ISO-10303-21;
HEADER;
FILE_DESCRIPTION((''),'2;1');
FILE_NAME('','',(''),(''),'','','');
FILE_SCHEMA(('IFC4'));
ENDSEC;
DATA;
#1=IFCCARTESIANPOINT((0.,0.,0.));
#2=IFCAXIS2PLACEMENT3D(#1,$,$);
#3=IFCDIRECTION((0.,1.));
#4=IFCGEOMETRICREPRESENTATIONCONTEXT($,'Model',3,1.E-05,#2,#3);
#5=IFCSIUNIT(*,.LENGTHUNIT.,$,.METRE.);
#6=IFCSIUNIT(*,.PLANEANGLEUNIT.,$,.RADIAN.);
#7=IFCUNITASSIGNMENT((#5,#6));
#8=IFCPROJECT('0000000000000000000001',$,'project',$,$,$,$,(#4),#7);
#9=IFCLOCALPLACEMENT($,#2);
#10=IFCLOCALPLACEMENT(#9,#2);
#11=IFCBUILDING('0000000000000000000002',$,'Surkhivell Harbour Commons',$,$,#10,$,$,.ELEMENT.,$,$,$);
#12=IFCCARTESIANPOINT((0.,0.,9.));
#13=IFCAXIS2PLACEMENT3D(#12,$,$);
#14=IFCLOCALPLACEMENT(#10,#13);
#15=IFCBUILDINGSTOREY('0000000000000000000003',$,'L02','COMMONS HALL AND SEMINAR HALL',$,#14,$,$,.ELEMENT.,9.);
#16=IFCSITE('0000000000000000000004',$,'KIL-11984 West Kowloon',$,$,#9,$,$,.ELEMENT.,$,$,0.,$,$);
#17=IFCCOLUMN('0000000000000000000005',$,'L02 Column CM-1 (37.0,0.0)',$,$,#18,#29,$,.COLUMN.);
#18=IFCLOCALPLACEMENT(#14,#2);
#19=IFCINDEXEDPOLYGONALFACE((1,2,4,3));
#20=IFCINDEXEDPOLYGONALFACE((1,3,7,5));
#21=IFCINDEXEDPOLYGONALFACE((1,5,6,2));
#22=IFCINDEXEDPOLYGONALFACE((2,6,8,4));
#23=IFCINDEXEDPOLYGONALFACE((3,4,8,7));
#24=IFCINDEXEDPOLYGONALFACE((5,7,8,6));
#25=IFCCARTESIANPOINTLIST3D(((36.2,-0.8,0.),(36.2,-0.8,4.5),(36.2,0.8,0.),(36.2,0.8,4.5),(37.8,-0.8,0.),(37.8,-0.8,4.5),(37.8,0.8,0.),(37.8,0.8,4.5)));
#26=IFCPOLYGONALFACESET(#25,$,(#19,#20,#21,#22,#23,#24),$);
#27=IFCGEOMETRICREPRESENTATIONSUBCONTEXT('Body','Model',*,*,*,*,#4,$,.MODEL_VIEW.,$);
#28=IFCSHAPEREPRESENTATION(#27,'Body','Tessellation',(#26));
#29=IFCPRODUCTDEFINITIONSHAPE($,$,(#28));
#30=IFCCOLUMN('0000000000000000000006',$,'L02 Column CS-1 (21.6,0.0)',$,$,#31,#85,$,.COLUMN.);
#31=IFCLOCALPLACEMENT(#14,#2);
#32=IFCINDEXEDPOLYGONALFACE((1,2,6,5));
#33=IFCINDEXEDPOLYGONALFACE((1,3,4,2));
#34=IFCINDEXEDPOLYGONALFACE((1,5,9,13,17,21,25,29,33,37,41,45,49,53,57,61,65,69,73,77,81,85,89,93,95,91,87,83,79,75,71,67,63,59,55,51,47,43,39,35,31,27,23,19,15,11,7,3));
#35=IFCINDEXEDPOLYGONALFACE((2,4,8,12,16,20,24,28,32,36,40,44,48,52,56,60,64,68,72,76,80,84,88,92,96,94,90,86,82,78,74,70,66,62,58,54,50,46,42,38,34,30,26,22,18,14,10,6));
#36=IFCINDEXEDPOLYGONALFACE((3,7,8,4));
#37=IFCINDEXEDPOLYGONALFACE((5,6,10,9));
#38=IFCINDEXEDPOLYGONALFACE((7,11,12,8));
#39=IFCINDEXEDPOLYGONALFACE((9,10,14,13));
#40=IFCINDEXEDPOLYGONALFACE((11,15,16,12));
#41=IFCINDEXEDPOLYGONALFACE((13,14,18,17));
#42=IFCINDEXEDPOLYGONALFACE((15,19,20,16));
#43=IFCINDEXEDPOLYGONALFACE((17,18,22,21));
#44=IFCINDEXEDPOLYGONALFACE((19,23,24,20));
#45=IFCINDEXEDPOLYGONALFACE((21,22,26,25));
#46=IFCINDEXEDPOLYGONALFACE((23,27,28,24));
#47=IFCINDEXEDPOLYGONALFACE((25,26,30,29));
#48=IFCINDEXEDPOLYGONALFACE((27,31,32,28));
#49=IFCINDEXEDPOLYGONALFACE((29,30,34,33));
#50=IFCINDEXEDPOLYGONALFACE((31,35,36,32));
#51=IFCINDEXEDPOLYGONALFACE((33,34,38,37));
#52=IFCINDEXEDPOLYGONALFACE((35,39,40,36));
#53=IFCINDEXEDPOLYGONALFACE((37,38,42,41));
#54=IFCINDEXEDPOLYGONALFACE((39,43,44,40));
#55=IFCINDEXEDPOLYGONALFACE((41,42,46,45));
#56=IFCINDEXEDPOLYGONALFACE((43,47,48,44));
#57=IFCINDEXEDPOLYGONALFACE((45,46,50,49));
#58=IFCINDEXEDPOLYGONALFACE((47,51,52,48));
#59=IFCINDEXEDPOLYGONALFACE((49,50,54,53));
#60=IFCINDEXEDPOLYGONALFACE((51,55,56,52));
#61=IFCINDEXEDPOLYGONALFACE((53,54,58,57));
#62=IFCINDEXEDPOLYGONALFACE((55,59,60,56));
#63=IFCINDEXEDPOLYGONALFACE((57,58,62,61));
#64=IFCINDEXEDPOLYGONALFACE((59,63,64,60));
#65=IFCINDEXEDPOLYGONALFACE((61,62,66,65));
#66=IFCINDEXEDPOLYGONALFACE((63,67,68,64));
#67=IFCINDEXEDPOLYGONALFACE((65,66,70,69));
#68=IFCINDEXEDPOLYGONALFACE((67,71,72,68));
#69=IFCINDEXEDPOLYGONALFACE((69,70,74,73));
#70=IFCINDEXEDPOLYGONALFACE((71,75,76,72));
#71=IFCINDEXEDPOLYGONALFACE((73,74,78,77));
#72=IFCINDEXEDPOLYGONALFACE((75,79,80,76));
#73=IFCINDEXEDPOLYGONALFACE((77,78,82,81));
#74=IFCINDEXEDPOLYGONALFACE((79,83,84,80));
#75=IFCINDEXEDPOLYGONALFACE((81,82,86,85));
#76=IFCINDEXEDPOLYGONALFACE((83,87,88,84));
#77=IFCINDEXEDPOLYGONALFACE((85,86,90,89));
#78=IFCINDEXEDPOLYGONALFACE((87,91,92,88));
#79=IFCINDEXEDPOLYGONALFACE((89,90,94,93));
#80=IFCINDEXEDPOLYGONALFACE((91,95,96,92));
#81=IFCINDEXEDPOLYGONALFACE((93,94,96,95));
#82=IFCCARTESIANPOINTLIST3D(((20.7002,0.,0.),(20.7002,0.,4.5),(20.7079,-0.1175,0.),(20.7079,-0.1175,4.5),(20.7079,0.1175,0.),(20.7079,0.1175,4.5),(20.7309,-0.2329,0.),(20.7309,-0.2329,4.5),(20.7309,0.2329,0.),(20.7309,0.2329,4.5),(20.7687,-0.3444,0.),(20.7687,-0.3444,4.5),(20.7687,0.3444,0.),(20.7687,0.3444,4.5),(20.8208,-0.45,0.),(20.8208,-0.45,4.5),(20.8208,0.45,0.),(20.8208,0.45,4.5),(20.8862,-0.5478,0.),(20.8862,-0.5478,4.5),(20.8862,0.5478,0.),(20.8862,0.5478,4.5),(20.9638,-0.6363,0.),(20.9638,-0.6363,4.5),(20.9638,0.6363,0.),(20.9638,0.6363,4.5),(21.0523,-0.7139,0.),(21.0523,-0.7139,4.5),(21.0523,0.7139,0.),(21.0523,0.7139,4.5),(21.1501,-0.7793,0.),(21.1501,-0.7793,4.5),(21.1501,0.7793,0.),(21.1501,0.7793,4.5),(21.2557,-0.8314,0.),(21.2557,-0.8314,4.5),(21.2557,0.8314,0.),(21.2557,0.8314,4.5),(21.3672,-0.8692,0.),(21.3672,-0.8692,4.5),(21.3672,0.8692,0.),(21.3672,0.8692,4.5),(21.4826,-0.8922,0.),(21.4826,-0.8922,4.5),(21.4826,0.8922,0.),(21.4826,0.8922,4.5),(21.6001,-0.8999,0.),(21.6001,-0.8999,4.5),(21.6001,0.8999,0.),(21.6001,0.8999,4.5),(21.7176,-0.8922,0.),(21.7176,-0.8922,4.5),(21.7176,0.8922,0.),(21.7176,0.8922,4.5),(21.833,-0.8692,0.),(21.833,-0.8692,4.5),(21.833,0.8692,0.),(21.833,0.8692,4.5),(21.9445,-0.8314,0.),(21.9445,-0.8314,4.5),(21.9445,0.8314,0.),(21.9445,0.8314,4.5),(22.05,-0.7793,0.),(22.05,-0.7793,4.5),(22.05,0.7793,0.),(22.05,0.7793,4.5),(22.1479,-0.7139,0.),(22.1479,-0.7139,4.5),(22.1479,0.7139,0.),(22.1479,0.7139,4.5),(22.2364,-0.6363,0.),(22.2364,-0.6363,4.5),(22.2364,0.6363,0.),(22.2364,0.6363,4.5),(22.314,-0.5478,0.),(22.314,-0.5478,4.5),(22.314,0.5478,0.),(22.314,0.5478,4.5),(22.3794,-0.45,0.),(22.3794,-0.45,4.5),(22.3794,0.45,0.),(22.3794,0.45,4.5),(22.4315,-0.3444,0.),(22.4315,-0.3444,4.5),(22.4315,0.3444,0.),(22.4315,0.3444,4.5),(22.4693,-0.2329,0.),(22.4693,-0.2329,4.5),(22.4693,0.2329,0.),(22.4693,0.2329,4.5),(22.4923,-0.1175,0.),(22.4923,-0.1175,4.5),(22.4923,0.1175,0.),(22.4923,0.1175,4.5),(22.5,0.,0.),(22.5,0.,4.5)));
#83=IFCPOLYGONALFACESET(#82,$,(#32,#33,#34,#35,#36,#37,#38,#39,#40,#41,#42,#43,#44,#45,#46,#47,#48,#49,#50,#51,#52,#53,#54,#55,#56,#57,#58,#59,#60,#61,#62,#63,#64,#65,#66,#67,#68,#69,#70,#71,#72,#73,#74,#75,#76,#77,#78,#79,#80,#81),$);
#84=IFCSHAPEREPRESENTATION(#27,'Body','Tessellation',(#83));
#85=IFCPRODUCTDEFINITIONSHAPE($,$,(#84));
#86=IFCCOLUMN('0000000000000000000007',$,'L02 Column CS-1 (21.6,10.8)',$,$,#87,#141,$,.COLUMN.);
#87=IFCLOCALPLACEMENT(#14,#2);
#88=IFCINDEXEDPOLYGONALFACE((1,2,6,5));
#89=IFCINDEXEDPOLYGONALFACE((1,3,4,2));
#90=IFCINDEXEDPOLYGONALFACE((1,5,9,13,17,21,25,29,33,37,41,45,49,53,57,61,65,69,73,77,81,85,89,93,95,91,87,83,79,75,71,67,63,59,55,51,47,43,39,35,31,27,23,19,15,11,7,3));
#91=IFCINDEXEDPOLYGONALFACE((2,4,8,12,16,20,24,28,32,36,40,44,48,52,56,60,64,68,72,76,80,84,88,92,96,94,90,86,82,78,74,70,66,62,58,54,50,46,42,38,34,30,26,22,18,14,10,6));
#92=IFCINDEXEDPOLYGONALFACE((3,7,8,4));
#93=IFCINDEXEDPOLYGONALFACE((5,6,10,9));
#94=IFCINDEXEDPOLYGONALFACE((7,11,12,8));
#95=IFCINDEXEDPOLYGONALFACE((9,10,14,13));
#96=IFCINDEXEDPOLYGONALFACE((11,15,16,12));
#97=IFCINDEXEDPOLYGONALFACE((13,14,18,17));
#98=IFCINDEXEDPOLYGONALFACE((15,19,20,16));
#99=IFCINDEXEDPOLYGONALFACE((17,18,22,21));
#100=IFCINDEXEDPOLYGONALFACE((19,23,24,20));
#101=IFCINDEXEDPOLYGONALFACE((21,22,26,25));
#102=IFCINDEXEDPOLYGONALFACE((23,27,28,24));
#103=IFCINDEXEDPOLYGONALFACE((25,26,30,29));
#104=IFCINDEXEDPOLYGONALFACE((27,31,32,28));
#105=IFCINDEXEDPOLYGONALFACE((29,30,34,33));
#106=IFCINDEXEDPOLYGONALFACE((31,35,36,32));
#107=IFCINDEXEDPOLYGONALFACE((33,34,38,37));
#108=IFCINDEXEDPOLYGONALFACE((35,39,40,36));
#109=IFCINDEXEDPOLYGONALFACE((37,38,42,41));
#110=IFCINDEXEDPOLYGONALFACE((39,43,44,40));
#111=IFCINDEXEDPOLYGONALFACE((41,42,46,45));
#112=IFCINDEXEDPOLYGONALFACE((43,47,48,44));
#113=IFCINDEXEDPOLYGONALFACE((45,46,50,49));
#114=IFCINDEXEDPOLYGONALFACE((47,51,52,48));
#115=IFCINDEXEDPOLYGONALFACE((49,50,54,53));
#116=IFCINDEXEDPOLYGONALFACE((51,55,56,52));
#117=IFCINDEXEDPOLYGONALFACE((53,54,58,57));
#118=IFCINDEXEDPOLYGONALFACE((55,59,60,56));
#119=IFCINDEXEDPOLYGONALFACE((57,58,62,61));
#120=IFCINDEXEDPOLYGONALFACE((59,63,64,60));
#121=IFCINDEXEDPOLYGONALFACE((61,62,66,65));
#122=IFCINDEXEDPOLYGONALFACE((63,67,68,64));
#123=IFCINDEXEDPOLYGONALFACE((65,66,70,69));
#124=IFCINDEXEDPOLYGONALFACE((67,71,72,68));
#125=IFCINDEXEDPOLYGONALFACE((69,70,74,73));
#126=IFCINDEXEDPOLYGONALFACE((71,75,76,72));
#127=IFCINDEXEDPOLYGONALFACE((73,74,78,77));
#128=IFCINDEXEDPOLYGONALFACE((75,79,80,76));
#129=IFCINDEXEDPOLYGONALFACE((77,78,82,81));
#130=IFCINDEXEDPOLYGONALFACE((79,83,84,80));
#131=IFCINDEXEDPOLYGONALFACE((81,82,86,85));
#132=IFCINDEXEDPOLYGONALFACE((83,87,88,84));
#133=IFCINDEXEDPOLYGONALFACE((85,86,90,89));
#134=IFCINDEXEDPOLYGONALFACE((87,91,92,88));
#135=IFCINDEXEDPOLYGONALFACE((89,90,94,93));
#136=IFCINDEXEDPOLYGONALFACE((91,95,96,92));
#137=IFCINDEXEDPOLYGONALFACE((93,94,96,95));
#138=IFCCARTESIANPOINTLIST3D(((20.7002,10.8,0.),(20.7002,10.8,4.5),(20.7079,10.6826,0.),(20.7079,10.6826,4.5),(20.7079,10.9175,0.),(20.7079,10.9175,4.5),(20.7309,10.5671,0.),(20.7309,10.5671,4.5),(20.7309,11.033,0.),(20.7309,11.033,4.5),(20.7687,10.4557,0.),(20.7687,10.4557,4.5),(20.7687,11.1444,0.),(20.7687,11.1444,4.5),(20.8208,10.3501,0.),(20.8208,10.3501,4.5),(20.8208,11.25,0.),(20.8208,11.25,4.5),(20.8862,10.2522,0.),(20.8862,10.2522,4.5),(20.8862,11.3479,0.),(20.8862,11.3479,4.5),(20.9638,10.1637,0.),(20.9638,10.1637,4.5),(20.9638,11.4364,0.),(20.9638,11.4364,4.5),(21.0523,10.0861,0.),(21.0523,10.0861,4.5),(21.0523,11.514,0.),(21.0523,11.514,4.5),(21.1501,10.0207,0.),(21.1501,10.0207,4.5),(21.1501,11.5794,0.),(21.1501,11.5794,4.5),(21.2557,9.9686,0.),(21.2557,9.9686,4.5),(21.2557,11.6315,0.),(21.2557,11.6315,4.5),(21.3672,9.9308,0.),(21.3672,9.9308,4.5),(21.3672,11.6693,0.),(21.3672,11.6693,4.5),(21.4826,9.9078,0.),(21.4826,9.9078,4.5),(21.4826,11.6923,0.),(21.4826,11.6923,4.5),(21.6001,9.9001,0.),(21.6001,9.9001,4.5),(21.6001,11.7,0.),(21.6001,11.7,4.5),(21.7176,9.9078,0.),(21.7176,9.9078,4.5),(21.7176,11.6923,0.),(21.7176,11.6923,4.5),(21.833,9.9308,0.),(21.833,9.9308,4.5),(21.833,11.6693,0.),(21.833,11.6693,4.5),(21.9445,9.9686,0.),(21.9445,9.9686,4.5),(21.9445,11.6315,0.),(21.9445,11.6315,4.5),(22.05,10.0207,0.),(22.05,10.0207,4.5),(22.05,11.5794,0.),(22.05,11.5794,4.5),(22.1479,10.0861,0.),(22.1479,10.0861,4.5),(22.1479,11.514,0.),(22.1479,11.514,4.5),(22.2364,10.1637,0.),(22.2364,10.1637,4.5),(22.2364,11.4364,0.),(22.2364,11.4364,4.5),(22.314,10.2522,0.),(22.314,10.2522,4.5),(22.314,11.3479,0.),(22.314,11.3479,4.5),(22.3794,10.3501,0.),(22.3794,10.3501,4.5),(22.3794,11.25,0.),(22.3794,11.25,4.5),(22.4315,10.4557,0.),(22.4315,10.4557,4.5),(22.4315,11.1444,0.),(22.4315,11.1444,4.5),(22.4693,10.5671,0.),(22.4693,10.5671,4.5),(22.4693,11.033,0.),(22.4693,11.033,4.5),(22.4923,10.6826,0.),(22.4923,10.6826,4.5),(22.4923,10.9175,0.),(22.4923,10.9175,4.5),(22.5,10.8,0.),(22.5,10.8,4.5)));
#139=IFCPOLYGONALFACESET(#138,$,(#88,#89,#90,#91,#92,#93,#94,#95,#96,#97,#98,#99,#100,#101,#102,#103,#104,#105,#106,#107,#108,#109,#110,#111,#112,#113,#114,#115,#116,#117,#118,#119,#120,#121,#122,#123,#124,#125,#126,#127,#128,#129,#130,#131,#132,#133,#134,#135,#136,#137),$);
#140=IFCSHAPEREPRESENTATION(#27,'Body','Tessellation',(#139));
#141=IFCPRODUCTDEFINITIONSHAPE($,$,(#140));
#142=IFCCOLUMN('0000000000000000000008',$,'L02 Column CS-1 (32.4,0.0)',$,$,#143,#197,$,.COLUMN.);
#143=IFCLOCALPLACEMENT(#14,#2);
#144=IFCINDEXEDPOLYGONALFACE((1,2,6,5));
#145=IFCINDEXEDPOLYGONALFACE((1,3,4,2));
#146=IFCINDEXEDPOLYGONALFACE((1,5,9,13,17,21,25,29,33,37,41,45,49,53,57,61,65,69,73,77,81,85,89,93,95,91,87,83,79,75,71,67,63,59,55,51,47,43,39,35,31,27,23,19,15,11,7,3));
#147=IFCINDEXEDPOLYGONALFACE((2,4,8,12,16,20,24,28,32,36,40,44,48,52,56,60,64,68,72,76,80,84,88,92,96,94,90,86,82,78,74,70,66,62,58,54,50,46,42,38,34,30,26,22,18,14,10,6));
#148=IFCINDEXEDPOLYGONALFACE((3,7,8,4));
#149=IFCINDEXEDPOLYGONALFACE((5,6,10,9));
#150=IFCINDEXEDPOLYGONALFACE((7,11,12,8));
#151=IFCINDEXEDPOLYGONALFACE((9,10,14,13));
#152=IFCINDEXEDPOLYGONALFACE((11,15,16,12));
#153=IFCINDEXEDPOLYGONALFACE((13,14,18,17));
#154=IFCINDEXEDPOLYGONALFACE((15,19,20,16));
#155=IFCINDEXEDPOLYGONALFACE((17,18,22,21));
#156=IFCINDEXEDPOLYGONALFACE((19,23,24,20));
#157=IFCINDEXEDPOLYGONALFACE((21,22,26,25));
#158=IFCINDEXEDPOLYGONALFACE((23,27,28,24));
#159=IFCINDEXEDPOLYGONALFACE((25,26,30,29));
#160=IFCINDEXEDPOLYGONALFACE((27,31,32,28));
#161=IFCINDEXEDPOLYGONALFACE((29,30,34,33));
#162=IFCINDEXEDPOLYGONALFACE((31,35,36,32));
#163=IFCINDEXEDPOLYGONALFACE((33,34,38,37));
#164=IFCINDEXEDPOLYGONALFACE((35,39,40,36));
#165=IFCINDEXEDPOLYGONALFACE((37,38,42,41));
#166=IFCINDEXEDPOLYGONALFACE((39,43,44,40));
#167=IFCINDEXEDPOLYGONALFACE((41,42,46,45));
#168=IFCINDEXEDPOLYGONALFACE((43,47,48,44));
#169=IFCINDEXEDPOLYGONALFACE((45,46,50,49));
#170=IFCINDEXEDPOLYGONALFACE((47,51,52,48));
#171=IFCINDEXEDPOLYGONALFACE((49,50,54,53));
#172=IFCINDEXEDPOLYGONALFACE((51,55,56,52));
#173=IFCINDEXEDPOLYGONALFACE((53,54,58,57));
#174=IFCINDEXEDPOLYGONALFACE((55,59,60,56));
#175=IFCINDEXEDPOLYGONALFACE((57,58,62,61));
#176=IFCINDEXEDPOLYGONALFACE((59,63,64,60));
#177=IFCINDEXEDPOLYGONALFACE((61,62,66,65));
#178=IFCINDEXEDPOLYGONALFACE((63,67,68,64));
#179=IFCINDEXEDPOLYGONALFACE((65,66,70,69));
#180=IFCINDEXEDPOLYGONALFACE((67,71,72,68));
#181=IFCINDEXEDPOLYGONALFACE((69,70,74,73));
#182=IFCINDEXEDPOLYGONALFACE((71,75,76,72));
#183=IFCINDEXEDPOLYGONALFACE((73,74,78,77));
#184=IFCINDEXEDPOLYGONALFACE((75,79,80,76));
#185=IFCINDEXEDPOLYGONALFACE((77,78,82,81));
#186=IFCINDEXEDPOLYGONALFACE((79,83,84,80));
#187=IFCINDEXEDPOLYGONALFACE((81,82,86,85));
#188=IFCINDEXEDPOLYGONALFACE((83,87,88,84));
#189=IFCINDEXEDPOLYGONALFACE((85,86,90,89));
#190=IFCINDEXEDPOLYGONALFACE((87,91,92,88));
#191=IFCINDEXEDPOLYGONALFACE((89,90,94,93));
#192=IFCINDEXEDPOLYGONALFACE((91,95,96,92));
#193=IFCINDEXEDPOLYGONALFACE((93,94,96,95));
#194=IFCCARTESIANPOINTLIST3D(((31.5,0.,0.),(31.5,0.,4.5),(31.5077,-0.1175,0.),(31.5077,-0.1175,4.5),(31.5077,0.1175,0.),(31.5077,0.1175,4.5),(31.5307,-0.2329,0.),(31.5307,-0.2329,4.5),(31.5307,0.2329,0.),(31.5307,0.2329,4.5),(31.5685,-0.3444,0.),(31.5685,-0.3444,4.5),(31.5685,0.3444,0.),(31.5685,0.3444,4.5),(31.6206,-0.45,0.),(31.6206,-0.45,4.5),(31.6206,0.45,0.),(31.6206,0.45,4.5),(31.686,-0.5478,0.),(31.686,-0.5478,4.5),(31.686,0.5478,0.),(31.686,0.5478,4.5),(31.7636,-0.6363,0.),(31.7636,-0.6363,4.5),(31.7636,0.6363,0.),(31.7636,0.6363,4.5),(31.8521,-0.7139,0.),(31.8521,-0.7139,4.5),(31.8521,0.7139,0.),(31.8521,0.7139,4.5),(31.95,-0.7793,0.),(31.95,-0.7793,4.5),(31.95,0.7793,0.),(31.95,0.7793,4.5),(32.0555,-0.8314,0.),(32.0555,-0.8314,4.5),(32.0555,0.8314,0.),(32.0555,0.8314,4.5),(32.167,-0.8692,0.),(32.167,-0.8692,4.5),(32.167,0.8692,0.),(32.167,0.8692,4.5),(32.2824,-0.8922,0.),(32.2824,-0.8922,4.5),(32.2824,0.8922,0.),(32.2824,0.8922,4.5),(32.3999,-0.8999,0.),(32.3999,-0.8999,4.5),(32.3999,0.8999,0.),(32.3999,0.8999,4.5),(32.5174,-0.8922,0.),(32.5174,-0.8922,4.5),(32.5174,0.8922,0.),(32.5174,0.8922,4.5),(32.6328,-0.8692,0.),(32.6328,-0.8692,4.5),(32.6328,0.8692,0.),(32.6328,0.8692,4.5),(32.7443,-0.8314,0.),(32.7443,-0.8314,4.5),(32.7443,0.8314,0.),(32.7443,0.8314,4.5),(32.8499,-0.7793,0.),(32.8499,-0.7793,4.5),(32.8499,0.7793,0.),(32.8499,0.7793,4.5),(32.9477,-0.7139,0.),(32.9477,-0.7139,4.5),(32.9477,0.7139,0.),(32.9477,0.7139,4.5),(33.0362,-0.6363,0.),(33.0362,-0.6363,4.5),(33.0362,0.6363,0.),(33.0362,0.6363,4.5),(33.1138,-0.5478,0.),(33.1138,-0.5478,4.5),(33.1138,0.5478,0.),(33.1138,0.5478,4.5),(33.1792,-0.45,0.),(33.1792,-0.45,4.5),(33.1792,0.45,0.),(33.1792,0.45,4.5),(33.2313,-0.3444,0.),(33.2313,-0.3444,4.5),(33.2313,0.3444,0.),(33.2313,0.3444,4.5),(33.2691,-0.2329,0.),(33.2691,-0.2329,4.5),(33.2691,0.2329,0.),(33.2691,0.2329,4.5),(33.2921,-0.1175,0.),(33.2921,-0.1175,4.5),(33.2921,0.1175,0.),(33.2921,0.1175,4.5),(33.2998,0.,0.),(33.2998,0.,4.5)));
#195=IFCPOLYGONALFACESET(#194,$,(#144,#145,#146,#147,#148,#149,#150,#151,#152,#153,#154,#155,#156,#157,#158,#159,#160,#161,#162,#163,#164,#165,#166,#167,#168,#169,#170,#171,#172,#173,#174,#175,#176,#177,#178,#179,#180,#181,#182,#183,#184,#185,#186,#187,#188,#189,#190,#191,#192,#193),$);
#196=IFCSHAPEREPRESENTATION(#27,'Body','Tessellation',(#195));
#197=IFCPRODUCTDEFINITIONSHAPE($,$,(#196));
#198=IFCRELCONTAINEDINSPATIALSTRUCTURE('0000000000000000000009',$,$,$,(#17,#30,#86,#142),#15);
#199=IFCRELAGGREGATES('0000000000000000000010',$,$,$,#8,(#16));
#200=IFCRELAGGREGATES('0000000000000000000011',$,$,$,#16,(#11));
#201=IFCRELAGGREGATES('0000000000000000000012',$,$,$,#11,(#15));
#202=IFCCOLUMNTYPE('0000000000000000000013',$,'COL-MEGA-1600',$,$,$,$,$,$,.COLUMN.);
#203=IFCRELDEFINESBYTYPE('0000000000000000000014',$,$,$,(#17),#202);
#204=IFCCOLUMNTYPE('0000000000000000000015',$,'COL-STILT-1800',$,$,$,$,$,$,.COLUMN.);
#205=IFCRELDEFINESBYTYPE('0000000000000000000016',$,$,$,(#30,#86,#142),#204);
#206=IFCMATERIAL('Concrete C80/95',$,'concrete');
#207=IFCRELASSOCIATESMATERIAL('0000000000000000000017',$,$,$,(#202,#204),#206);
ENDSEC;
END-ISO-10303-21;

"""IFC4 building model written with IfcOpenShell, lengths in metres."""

from ifc_helpers import new_model, si_unit, direction, frame, origin, origin_2d, place, context, subcontext, project, spatial, rectangle, circle, extrude, material, material_profile, profile_set, type_object, element, save


model = new_model("IFC4")

# Units and contexts
model_context = context("Model", 3, precision=1e-05, world=origin(), true_north=direction((0.0, 1.0)))
body_context = subcontext(model_context, "Body", "Model", "MODEL_VIEW")
ifc_project = project(units=[si_unit("LENGTHUNIT", "METRE"), si_unit("PLANEANGLEUNIT", "RADIAN")], contexts=[model_context])

# Site, building, storey
site_placement = place(None, origin())
site = spatial("IfcSite", under=ifc_project, at=site_placement, Name="KIL-11984 West Kowloon", CompositionType="ELEMENT", RefElevation=0.0)
building_placement = place(site_placement, origin())
building = spatial("IfcBuilding", under=site, at=building_placement, Name="Surkhivell Harbour Commons", CompositionType="ELEMENT")
storey_placement = place(building_placement, frame((0.0, 0.0, 9.0)))
storey = spatial("IfcBuildingStorey", under=building, at=storey_placement, Name="L02", Description="COMMONS HALL AND SEMINAR HALL", CompositionType="ELEMENT", Elevation=9.0)

# Columns
ifc_material_1 = material(Name="Concrete C80/95", Category="concrete")
ifc_material_profile_1 = material_profile(ifc_material_1, rectangle(XDim=1.6001, YDim=1.6001, at=origin_2d()), Name="RC-COL-1600x1600")
ifc_profile_set_1 = profile_set([ifc_material_profile_1], Name="Concrete C80/95")
column_type_1 = type_object("IfcColumnType", Name="COL-MEGA-1600", PredefinedType="COLUMN", material=ifc_profile_set_1)
column_placement = place(storey_placement, frame((37.0, 0.0, 0.0), z_axis=(0.0, 0.0, 1.0), x_axis=(1.0, 0.0, 0.0)))
element("IfcColumn", 1, at=column_placement, inside=storey, type_object=column_type_1, Name="L02 Column CM-1 (37.0,0.0)", PredefinedType="COLUMN", context=body_context, shape_type="SweptSolid", body=[
    extrude(rectangle(XDim=1.6001, YDim=1.6001, at=origin_2d()), origin(), (0.0, 0.0, 1.0), 4.5),
])
ifc_material_profile_2 = material_profile(ifc_material_1, circle(Radius=0.8999, at=origin_2d()), Name="RC-CIRC-1800")
ifc_profile_set_2 = profile_set([ifc_material_profile_2], Name="Concrete C80/95")
column_type_2 = type_object("IfcColumnType", Name="COL-STILT-1800", PredefinedType="COLUMN", material=ifc_profile_set_2)
for number, where, z_axis, x_axis, name in (
    (2, (21.6001, 0.0, 0.0), (0.0, 0.0, 1.0), (1.0, 0.0, 0.0), "L02 Column CS-1 (21.6,0.0)"),
    (3, (21.6001, 10.8, 0.0), (0.0, 0.0, 1.0), (1.0, 0.0, 0.0), "L02 Column CS-1 (21.6,10.8)"),
    (4, (32.3999, 0.0, 0.0), (0.0, 0.0, 1.0), (1.0, 0.0, 0.0), "L02 Column CS-1 (32.4,0.0)"),
):
    element("IfcColumn", number, at=place(storey_placement, frame(where, z_axis=z_axis, x_axis=x_axis)), inside=storey, type_object=column_type_2, Name=name, PredefinedType="COLUMN", context=body_context, shape_type="SweptSolid", body=[
        extrude(circle(Radius=0.8999, at=origin_2d()), origin(), (0.0, 0.0, 1.0), 4.5),
    ])

save(model, "model.ifc")
